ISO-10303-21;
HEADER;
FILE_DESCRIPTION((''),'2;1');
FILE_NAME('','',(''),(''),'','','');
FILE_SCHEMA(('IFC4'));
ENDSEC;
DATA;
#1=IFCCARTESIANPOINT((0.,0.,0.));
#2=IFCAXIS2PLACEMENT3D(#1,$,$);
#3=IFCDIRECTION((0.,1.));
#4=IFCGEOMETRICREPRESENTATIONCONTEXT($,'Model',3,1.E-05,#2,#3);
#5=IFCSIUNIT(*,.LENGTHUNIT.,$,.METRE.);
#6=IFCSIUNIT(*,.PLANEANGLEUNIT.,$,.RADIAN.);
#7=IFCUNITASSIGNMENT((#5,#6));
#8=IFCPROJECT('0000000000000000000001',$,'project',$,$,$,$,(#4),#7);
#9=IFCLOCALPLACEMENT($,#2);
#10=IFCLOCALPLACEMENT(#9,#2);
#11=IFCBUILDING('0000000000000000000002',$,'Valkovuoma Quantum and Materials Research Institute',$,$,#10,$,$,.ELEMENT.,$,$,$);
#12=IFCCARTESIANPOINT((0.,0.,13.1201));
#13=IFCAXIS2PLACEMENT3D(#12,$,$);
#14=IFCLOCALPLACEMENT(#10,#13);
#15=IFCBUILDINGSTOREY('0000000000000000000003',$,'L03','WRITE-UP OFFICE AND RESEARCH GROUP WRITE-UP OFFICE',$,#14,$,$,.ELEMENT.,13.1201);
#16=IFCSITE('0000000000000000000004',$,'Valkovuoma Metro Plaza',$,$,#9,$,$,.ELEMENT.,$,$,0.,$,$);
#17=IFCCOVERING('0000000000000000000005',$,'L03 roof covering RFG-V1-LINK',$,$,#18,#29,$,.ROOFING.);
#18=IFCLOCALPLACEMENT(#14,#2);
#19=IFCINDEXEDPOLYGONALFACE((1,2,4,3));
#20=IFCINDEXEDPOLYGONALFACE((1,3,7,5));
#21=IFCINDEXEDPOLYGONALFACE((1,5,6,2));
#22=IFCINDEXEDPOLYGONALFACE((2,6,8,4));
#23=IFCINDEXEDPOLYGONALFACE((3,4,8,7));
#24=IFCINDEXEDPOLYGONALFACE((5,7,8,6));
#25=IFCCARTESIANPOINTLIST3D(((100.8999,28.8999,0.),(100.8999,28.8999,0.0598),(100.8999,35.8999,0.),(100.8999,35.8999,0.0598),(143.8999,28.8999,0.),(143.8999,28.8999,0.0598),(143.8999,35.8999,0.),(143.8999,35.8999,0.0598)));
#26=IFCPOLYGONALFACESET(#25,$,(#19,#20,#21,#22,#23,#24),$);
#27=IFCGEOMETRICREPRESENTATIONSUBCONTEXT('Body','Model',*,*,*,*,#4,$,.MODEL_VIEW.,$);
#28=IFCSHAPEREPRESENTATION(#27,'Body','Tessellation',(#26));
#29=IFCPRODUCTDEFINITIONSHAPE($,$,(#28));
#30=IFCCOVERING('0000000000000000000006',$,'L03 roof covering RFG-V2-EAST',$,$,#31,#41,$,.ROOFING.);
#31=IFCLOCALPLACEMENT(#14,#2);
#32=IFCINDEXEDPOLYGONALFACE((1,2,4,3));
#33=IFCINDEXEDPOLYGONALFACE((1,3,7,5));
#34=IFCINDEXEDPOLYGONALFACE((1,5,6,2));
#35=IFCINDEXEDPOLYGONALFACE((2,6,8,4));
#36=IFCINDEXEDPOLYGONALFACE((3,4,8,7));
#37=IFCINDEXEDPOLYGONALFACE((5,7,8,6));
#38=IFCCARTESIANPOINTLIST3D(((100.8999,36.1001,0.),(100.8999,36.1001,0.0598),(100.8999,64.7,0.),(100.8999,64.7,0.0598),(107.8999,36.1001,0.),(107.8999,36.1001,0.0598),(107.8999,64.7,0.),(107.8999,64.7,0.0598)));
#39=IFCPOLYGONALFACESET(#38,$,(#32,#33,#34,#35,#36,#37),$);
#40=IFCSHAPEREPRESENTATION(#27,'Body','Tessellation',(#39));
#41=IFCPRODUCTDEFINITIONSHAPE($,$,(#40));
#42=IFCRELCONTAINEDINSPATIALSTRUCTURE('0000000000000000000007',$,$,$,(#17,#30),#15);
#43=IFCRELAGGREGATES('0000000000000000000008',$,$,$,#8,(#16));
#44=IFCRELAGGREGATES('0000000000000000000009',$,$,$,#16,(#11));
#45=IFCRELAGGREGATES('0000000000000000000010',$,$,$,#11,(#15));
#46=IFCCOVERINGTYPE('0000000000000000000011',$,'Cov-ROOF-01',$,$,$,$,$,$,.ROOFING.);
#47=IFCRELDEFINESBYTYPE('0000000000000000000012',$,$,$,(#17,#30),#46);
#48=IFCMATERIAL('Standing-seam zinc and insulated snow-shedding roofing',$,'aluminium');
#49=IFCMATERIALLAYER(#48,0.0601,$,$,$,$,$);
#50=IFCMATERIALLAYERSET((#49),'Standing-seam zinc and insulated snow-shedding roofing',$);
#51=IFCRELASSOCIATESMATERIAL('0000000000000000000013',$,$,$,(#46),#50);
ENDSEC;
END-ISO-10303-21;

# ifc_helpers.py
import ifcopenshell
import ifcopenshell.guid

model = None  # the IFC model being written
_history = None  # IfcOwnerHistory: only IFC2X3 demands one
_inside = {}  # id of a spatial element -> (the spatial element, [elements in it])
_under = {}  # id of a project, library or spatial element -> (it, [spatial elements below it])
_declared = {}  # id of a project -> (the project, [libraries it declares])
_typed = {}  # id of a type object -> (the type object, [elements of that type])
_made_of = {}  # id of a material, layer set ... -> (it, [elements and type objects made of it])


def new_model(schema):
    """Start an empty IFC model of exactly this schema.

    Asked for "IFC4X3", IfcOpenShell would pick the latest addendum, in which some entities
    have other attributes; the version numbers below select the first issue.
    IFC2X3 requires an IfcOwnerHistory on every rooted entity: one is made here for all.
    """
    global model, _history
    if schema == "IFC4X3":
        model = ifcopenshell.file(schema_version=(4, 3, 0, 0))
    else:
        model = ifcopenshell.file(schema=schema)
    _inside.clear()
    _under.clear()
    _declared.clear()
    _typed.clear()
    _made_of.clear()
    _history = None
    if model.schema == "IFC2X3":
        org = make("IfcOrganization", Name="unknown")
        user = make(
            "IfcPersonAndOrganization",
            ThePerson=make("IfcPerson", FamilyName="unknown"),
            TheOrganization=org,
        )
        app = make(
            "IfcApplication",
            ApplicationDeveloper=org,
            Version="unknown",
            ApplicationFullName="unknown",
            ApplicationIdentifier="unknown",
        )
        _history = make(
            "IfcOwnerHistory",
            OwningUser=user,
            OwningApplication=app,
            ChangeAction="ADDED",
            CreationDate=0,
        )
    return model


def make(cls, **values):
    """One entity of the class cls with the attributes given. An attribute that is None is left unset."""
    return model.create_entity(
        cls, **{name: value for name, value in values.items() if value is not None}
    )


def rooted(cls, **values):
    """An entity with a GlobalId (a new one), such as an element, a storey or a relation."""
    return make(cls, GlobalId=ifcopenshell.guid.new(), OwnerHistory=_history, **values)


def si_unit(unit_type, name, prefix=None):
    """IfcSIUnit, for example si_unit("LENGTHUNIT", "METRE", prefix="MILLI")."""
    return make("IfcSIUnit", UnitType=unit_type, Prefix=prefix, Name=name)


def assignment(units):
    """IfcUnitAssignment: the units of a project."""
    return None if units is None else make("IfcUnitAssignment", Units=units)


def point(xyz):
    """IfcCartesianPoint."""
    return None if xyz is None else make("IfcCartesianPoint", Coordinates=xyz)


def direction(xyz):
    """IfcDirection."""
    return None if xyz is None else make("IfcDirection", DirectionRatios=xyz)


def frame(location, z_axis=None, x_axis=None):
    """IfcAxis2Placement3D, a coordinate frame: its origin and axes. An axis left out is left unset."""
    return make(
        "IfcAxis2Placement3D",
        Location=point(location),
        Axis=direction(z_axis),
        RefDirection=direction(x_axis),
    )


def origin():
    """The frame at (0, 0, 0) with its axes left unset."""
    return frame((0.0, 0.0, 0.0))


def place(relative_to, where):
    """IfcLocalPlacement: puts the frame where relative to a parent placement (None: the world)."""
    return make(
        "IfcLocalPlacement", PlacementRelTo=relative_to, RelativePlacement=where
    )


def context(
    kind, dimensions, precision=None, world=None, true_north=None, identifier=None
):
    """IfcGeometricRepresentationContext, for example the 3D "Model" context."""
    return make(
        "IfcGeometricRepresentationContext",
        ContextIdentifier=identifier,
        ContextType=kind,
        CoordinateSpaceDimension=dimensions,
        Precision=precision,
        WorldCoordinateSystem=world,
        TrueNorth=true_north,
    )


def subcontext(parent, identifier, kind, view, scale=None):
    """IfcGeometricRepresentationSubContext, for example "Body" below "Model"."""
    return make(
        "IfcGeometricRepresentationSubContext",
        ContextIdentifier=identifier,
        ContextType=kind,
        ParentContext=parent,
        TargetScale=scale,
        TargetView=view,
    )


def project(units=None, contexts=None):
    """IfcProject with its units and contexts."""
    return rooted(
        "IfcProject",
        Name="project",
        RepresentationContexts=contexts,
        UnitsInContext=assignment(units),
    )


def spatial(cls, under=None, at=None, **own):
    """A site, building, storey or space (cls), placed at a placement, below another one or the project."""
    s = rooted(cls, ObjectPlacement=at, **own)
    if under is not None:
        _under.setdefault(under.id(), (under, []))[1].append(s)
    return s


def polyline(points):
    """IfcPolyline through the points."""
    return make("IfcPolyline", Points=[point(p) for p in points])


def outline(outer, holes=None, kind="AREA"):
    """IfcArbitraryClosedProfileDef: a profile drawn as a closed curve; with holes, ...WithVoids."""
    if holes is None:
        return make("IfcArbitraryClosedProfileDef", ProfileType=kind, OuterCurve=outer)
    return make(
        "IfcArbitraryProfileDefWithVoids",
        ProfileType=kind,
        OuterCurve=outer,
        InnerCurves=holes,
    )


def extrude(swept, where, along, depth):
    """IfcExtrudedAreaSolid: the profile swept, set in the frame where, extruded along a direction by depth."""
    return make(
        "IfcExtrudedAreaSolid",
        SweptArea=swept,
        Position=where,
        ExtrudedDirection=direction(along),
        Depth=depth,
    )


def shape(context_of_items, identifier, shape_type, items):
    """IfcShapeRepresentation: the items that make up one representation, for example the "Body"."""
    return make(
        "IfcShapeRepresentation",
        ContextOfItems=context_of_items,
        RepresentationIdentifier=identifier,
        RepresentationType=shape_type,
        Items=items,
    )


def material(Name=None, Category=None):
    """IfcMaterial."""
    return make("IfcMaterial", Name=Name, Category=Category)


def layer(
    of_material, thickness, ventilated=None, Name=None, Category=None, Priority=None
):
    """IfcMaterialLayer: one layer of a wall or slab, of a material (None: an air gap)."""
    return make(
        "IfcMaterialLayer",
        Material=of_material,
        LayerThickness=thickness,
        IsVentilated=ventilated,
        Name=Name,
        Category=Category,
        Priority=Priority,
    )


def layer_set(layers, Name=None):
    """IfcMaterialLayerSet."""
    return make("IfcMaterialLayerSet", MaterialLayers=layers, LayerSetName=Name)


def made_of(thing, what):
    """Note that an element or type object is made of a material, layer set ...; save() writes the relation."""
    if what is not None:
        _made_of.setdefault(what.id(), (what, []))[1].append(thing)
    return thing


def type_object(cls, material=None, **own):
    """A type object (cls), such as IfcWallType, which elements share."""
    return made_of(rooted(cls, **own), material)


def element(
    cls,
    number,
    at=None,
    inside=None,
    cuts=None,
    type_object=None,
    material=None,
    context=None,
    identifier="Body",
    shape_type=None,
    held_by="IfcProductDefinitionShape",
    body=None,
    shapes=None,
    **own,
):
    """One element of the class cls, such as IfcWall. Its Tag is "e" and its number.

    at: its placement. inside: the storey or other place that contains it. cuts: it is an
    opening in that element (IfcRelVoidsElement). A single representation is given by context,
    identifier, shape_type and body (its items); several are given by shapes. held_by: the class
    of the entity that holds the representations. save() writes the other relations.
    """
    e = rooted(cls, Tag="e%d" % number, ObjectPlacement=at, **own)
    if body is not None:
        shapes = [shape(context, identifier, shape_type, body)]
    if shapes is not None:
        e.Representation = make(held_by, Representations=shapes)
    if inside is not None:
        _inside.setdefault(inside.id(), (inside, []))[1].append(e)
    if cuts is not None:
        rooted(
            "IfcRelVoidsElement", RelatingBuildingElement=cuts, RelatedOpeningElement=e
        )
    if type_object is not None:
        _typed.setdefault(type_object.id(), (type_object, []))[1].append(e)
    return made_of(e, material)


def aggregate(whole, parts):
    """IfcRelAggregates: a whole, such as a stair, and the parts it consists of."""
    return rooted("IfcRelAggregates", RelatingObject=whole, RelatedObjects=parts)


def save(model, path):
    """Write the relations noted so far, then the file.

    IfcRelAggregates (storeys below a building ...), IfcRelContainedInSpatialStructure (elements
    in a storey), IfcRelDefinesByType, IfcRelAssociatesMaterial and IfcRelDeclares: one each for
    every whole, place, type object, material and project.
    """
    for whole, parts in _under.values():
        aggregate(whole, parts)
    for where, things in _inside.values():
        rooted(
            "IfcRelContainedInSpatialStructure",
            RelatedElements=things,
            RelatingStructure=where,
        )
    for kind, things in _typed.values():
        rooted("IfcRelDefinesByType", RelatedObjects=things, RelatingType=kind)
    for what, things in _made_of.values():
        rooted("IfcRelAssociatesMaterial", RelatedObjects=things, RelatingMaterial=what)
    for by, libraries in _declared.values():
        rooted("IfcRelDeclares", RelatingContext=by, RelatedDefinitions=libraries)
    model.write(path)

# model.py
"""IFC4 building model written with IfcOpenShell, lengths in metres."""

from ifc_helpers import new_model, si_unit, direction, frame, origin, place, context, subcontext, project, spatial, polyline, outline, extrude, material, layer, layer_set, type_object, element, save


model = new_model("IFC4")

# Units and contexts
model_context = context("Model", 3, precision=1e-05, world=origin(), true_north=direction((0.0, 1.0)))
body_context = subcontext(model_context, "Body", "Model", "MODEL_VIEW")
ifc_project = project(units=[si_unit("LENGTHUNIT", "METRE"), si_unit("PLANEANGLEUNIT", "RADIAN")], contexts=[model_context])

# Site, building, storey
site_placement = place(None, origin())
site = spatial("IfcSite", under=ifc_project, at=site_placement, Name="Valkovuoma Metro Plaza", CompositionType="ELEMENT", RefElevation=0.0)
building_placement = place(site_placement, origin())
building = spatial("IfcBuilding", under=site, at=building_placement, Name="Valkovuoma Quantum and Materials Research Institute", CompositionType="ELEMENT")
storey_placement = place(building_placement, frame((0.0, 0.0, 13.1201)))
storey = spatial("IfcBuildingStorey", under=building, at=storey_placement, Name="L03", Description="WRITE-UP OFFICE AND RESEARCH GROUP WRITE-UP OFFICE", CompositionType="ELEMENT", Elevation=13.1201)

# Coverings
ifc_material_1 = material(Name="Standing-seam zinc and insulated snow-shedding roofing", Category="aluminium")
ifc_layer_1 = layer(ifc_material_1, 0.0601)
ifc_layer_set_1 = layer_set([ifc_layer_1], Name="Standing-seam zinc and insulated snow-shedding roofing")
covering_type_1 = type_object("IfcCoveringType", Name="Cov-ROOF-01", PredefinedType="ROOFING", material=ifc_layer_set_1)
covering_1_placement = place(storey_placement, origin())
element("IfcCovering", 1, at=covering_1_placement, inside=storey, type_object=covering_type_1, Name="L03 roof covering RFG-V1-LINK", PredefinedType="ROOFING", context=body_context, shape_type="SweptSolid", body=[
    extrude(outline(polyline([(100.8999, 28.8999), (143.8999, 28.8999), (143.8999, 35.8999), (100.8999, 35.8999), (100.8999, 28.8999)])), origin(), (0.0, 0.0, 1.0), 0.0598),
])
covering_2_placement = place(storey_placement, origin())
element("IfcCovering", 2, at=covering_2_placement, inside=storey, type_object=covering_type_1, Name="L03 roof covering RFG-V2-EAST", PredefinedType="ROOFING", context=body_context, shape_type="SweptSolid", body=[
    extrude(outline(polyline([(100.8999, 36.1001), (107.8999, 36.1001), (107.8999, 64.7), (100.8999, 64.7), (100.8999, 36.1001)])), origin(), (0.0, 0.0, 1.0), 0.0598),
])

save(model, "model.ifc")
